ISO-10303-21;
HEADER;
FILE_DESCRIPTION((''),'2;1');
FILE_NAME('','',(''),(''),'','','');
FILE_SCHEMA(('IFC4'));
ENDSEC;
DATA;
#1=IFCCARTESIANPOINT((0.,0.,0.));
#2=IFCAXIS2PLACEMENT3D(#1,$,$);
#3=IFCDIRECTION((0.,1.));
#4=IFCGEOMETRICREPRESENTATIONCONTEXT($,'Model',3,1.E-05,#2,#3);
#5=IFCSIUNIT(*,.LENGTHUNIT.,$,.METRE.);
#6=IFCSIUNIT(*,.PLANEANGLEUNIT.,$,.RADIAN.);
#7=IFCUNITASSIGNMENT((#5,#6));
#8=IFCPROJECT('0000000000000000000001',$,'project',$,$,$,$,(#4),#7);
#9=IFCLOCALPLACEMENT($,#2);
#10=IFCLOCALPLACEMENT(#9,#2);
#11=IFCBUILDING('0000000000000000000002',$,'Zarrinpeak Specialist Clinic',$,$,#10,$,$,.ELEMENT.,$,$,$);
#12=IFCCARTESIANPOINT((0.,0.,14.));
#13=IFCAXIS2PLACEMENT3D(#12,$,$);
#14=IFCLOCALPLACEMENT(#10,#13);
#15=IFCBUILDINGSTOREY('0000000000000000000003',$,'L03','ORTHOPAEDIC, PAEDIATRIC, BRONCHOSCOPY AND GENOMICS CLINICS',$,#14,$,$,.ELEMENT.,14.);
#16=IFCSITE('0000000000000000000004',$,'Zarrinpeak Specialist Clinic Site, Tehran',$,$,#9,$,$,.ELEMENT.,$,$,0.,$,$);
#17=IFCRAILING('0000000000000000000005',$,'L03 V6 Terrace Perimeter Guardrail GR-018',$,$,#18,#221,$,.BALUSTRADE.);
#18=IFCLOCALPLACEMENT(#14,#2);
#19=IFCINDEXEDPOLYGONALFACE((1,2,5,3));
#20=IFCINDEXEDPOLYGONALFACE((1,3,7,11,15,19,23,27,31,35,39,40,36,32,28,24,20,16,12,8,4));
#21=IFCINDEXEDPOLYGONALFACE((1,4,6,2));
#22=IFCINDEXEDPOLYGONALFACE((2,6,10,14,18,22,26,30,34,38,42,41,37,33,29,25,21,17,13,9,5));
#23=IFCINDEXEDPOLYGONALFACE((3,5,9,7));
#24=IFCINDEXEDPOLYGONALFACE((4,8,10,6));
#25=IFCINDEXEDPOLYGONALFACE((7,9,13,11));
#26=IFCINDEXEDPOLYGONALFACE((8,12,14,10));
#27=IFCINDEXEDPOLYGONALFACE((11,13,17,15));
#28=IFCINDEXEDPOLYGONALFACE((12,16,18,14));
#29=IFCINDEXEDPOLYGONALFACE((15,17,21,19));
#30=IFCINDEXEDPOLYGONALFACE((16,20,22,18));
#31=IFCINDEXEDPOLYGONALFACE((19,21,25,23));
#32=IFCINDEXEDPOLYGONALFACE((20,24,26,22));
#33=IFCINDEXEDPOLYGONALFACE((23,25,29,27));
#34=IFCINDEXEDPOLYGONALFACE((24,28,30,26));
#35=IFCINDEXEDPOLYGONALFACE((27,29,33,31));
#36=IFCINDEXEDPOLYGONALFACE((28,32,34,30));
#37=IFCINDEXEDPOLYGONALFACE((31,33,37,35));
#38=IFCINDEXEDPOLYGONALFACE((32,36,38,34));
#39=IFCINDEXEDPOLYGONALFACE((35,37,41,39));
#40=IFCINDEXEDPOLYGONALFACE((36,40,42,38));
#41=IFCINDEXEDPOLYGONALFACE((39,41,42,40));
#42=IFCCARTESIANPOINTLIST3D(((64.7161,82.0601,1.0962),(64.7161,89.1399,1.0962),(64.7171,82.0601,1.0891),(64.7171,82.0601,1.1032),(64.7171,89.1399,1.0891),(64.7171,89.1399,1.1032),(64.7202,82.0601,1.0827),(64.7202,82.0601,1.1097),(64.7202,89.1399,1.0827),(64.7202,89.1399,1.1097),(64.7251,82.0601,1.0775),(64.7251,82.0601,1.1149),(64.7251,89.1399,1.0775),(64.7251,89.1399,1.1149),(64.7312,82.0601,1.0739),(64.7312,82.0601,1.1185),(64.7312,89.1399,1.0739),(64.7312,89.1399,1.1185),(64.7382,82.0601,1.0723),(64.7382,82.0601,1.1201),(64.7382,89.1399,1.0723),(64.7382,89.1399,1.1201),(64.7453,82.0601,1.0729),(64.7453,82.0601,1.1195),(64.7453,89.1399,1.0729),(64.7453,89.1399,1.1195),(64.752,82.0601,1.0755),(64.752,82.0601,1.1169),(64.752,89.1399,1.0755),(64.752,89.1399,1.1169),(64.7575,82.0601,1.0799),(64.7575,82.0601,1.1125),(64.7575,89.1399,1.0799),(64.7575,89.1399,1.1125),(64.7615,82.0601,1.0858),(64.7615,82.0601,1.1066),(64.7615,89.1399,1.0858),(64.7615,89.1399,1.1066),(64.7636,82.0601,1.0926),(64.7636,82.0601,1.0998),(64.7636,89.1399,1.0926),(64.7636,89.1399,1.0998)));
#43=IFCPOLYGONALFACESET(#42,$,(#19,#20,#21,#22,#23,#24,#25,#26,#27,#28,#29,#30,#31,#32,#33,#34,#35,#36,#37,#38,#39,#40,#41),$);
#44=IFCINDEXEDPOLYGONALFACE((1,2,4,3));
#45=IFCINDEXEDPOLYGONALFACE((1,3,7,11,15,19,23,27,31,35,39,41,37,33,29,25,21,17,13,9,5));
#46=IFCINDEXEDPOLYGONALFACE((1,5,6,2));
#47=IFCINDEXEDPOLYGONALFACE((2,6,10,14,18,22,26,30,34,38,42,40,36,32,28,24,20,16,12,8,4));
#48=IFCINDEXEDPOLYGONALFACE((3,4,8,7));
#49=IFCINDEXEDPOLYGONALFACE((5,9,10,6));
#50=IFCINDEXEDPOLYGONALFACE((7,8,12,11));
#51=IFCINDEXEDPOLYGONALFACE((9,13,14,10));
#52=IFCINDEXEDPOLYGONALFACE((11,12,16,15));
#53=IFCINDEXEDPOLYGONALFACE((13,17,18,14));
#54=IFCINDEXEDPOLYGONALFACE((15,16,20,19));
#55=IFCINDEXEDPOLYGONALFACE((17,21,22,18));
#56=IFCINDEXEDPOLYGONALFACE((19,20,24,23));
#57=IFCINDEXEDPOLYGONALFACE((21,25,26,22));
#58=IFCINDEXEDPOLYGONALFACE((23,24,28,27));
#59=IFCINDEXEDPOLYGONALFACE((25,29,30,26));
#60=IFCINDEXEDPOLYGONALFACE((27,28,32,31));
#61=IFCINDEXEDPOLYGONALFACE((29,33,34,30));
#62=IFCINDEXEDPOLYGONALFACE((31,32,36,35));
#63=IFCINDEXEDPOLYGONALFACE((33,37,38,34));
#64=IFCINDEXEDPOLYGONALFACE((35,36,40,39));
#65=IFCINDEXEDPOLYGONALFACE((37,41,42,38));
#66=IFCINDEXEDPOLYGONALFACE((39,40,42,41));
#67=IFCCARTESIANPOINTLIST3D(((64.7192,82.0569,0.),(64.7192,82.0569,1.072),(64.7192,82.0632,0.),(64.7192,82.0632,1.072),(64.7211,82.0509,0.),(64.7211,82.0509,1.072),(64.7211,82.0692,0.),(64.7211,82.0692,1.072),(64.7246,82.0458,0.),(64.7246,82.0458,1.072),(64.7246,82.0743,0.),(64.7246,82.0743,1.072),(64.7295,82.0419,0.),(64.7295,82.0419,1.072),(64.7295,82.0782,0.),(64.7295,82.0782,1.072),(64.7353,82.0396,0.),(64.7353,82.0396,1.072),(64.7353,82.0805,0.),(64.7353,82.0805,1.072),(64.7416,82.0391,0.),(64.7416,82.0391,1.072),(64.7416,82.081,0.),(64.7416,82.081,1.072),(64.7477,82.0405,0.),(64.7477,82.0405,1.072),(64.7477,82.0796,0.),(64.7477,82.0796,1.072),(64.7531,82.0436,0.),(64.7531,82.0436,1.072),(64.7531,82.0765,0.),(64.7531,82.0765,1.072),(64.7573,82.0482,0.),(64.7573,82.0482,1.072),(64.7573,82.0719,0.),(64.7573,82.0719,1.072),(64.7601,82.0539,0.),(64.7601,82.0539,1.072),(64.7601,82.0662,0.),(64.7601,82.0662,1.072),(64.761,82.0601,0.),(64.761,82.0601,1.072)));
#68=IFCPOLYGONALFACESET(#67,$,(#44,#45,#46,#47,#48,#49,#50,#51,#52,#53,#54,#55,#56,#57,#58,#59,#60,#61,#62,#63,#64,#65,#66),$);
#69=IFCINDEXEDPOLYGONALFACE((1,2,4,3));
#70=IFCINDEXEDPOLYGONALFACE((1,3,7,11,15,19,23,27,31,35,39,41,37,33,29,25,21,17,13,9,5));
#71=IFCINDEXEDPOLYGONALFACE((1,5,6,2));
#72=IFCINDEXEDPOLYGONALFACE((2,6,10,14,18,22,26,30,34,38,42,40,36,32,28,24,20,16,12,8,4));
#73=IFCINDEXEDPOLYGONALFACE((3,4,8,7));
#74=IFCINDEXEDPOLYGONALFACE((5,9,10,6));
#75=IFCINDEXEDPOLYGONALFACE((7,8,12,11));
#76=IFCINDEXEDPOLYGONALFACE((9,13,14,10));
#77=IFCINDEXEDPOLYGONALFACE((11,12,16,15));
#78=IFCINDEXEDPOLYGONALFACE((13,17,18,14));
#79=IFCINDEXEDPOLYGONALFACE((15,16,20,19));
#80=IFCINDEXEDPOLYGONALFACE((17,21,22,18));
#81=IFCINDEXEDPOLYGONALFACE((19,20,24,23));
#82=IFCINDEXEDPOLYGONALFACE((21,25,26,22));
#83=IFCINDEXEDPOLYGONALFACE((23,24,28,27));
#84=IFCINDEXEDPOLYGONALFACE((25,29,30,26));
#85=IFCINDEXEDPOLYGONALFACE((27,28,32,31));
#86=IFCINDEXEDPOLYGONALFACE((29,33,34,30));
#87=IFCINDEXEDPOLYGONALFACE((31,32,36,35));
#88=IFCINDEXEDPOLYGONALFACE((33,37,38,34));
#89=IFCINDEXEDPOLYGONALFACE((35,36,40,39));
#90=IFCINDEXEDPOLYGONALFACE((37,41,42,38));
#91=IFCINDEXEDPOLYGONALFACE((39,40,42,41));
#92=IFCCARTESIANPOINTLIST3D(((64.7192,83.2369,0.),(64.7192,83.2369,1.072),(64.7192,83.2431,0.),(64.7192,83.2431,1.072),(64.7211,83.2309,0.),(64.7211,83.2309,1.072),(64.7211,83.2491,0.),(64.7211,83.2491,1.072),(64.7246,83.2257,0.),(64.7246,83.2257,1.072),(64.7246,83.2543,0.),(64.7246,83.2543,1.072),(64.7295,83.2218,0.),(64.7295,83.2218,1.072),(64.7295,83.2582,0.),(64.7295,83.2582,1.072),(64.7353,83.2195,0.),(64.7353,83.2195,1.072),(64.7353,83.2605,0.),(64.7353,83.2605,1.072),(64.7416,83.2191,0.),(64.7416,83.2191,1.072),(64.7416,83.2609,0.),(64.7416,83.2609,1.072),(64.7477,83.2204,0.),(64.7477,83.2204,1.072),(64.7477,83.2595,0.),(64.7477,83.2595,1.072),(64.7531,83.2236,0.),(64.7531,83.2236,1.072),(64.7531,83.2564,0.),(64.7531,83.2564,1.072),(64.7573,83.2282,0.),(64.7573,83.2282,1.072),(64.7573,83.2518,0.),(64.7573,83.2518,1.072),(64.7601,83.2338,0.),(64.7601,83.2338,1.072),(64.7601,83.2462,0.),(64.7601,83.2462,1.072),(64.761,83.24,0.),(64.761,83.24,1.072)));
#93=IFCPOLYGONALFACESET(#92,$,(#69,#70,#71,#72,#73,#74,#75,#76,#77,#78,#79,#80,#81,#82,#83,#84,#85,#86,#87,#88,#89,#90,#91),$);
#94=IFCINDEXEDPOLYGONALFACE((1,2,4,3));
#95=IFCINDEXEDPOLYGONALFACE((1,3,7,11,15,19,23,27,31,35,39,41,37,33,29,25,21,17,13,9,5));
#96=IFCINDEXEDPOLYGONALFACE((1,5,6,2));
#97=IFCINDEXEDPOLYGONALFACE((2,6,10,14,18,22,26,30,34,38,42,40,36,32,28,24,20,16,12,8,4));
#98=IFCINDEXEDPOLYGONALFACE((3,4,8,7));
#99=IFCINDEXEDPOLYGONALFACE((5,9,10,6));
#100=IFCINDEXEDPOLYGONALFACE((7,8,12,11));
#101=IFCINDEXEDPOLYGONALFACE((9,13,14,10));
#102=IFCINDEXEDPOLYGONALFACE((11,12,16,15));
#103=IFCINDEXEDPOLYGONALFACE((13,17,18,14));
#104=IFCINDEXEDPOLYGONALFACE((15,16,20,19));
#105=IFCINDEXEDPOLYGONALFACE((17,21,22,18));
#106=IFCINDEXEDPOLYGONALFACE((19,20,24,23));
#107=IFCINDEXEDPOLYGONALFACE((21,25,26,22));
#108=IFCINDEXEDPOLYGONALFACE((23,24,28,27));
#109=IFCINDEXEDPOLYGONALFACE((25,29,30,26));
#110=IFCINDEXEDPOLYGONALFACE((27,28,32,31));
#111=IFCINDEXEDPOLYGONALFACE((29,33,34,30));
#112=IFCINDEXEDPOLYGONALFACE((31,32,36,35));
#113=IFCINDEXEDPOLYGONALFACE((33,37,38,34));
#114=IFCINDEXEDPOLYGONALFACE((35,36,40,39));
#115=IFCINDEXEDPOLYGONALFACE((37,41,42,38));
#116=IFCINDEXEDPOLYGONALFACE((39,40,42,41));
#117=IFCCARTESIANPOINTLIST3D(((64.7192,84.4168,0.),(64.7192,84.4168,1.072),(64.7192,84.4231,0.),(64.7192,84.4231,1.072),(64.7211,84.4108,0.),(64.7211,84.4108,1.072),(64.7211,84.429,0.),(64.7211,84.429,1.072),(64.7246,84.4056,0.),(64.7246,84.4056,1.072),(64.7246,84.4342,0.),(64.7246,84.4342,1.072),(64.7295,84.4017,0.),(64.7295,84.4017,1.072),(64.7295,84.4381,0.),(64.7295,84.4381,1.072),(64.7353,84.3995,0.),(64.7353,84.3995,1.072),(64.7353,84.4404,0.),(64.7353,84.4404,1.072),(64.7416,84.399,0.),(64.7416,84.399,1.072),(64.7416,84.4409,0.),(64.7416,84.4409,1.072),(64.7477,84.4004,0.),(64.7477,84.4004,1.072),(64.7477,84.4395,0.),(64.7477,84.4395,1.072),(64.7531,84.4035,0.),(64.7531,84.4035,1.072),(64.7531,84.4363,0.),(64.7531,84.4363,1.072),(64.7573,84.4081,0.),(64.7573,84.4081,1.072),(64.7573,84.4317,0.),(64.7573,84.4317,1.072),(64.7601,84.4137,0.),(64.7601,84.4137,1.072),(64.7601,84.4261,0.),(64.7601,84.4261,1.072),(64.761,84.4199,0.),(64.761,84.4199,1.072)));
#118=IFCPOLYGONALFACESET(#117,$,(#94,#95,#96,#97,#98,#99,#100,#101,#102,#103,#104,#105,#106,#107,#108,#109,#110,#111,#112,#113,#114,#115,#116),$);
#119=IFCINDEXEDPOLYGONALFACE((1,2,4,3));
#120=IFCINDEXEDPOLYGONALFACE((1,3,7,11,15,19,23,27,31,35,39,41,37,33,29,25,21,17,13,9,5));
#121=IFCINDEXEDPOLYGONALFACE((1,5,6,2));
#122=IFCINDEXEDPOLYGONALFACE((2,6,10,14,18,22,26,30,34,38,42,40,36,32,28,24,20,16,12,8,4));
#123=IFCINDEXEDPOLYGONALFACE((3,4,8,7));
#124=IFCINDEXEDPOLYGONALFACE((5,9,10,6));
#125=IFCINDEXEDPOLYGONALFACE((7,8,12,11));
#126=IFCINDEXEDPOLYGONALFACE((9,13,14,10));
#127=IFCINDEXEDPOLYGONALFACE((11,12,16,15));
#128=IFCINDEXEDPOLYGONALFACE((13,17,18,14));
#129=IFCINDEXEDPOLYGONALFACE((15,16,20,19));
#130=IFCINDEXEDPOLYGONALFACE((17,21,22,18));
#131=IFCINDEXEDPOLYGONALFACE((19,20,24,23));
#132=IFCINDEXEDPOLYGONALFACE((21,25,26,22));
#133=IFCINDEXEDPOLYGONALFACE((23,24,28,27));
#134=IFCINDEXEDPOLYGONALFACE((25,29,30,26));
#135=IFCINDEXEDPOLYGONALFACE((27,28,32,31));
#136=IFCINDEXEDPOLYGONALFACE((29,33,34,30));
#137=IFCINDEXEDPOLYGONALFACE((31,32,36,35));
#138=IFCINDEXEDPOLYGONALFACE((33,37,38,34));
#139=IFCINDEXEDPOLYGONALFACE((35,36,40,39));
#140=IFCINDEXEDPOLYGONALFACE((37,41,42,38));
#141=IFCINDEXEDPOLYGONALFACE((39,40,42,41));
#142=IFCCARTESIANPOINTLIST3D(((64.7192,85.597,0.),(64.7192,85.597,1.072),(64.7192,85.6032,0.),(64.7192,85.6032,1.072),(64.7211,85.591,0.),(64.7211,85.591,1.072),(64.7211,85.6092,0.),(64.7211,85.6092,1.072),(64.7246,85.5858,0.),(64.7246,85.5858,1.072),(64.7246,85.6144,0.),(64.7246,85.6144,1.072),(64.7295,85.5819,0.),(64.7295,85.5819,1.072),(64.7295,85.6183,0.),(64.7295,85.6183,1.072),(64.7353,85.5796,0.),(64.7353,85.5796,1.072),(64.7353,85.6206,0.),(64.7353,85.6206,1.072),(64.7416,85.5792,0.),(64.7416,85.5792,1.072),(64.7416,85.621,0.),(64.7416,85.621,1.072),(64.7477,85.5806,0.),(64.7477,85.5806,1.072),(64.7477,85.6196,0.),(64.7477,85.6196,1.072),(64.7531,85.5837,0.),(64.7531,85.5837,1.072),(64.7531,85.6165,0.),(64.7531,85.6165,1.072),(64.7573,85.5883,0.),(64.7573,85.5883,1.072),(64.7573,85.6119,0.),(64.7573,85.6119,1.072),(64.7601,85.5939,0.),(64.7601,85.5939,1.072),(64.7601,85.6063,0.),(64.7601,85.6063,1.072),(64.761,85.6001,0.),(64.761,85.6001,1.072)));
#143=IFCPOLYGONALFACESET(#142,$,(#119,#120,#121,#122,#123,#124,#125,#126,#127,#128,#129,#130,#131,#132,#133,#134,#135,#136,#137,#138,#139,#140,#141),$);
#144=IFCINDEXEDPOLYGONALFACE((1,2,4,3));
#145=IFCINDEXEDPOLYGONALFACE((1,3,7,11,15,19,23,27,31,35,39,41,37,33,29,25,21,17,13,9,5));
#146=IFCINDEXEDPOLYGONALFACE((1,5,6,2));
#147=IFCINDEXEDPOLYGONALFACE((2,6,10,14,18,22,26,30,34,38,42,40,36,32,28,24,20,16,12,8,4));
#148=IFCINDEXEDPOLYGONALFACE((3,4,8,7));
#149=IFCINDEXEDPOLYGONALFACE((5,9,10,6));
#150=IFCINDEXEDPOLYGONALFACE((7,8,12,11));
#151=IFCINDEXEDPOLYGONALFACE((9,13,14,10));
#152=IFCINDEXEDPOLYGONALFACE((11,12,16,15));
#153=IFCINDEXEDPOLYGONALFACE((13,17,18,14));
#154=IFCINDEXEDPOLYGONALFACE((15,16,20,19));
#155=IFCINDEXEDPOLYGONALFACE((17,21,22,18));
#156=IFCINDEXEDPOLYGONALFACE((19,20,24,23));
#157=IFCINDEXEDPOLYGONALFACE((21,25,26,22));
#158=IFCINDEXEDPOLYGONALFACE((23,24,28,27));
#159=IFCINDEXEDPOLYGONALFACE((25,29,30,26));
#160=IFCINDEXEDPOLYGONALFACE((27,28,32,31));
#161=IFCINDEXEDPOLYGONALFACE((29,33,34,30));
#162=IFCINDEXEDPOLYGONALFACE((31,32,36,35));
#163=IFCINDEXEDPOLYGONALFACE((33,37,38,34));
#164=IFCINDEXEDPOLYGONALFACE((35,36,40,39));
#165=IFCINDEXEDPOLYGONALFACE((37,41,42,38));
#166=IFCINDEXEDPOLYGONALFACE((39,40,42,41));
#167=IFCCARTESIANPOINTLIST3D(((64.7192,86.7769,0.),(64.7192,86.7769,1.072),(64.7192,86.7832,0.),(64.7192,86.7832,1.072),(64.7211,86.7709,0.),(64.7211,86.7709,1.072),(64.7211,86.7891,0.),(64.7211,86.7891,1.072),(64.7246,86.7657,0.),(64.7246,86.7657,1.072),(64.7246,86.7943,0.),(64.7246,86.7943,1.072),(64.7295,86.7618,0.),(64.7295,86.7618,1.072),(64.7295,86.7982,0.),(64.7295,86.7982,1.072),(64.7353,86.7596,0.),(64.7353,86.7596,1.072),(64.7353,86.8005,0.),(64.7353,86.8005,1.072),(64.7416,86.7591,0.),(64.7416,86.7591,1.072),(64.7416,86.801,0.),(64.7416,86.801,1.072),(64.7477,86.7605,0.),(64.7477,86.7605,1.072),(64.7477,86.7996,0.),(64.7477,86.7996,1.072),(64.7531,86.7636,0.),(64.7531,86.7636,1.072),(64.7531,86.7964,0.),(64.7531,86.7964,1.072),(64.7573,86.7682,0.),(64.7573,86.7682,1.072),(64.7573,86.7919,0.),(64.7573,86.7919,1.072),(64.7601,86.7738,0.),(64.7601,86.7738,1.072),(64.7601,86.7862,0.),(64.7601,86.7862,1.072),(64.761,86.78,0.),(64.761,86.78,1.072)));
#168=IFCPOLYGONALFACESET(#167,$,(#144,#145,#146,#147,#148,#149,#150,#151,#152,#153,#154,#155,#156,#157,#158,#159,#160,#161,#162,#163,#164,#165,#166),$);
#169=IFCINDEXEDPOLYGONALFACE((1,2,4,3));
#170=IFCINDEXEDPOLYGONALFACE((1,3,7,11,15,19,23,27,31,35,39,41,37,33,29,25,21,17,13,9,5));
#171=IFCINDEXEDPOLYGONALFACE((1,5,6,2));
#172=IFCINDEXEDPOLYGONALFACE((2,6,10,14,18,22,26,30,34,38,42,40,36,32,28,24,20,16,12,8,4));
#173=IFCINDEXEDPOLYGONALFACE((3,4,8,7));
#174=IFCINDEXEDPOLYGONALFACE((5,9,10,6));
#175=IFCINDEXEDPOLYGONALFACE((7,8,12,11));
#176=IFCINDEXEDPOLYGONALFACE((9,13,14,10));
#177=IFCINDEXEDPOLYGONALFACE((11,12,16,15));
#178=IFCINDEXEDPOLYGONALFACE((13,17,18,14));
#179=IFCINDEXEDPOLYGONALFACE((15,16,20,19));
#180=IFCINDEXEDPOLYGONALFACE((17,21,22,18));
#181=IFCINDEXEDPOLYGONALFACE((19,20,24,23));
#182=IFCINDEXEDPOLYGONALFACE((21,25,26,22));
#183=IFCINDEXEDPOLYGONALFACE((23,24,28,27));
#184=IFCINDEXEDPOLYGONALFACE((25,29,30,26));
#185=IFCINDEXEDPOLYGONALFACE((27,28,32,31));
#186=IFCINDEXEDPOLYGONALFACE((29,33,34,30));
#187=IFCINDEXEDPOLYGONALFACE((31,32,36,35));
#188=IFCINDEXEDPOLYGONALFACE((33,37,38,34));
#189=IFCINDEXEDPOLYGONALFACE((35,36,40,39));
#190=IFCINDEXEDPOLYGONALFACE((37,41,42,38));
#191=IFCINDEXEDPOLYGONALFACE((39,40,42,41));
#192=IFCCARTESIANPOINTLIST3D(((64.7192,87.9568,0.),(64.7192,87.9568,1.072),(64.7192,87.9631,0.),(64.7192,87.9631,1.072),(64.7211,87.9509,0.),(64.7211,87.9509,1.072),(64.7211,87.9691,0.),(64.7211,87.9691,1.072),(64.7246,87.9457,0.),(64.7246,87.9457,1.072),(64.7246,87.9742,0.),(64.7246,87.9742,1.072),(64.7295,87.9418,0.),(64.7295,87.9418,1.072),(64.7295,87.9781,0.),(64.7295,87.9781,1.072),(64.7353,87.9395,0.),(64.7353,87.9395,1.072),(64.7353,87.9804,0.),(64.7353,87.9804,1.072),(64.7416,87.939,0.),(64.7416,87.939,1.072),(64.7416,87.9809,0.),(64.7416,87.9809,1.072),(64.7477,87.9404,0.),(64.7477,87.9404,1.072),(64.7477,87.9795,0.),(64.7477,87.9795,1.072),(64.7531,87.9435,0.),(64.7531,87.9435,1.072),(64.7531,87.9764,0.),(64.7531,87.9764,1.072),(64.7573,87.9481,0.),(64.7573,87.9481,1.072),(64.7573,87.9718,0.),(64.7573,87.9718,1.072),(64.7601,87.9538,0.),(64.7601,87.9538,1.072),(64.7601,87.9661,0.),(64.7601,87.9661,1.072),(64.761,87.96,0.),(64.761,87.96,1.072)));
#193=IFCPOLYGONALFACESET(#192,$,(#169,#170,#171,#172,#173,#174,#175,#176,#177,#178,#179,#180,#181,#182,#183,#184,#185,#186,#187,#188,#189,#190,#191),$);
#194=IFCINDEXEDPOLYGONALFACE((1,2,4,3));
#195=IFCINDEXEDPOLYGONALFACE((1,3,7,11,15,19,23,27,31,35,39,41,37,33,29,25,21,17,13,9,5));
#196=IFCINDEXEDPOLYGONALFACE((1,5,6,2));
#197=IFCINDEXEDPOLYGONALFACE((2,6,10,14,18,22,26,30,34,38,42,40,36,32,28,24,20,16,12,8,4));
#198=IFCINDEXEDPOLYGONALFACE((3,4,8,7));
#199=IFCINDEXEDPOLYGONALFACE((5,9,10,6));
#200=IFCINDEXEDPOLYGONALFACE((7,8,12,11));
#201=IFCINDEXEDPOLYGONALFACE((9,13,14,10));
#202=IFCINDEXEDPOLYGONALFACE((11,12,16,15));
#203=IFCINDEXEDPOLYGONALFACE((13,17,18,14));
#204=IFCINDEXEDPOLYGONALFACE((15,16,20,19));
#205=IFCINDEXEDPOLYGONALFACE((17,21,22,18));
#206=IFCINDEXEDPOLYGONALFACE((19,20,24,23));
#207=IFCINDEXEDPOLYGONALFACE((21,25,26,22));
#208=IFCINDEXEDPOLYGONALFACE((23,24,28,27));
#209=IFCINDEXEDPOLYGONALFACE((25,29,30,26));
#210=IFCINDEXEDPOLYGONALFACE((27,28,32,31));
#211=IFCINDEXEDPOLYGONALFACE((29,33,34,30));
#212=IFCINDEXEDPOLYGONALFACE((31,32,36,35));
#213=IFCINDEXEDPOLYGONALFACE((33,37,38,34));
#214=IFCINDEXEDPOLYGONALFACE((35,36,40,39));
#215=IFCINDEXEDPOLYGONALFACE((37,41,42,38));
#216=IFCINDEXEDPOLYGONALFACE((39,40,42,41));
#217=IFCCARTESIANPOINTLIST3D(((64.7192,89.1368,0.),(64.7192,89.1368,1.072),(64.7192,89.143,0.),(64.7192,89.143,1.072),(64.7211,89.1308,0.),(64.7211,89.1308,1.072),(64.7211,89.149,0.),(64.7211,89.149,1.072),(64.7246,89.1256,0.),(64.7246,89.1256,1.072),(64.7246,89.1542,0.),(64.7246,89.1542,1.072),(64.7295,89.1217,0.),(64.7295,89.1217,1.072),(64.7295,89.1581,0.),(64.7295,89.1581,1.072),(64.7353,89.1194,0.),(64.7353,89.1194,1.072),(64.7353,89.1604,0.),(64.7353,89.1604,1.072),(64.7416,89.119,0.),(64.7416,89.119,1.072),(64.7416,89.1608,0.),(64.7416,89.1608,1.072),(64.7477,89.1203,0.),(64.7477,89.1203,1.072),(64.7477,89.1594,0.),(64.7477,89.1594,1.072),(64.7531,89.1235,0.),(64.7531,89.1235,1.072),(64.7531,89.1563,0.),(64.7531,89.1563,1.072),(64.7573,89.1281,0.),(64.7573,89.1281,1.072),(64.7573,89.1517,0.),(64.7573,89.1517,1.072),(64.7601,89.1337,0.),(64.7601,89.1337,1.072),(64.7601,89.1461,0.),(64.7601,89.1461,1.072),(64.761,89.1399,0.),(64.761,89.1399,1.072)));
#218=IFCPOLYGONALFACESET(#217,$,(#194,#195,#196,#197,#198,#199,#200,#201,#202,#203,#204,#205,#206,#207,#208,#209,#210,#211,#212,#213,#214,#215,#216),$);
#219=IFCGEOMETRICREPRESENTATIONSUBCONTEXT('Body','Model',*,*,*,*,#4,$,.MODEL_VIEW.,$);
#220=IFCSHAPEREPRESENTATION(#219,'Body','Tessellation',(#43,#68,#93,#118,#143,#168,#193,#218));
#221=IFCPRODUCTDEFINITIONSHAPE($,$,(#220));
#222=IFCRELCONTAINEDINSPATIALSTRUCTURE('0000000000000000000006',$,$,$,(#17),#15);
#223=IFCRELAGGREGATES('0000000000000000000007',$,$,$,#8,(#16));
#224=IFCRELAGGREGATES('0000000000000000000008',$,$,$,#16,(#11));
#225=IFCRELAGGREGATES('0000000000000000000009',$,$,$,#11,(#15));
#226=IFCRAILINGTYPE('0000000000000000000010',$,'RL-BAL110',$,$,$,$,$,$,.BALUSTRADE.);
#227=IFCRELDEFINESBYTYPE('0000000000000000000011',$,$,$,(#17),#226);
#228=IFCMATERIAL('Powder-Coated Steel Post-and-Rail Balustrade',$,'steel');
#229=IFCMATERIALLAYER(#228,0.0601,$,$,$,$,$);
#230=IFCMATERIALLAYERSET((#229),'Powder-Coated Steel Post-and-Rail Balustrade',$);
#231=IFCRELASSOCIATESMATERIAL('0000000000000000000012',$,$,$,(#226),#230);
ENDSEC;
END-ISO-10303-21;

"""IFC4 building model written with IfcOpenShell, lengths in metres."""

from ifc_helpers import new_model, si_unit, direction, frame, origin, origin_2d, place, context, subcontext, project, spatial, circle, extrude, material, layer, layer_set, type_object, element, save


model = new_model("IFC4")

# Units and contexts
model_context = context("Model", 3, precision=1e-05, world=origin(), true_north=direction((0.0, 1.0)))
body_context = subcontext(model_context, "Body", "Model", "MODEL_VIEW")
ifc_project = project(units=[si_unit("LENGTHUNIT", "METRE"), si_unit("PLANEANGLEUNIT", "RADIAN")], contexts=[model_context])

# Site, building, storey
site_placement = place(None, origin())
site = spatial("IfcSite", under=ifc_project, at=site_placement, Name="Zarrinpeak Specialist Clinic Site, Tehran", CompositionType="ELEMENT", RefElevation=0.0)
building_placement = place(site_placement, origin())
building = spatial("IfcBuilding", under=site, at=building_placement, Name="Zarrinpeak Specialist Clinic", CompositionType="ELEMENT")
storey_placement = place(building_placement, frame((0.0, 0.0, 14.0)))
storey = spatial("IfcBuildingStorey", under=building, at=storey_placement, Name="L03", Description="ORTHOPAEDIC, PAEDIATRIC, BRONCHOSCOPY AND GENOMICS CLINICS", CompositionType="ELEMENT", Elevation=14.0)

# Railing
ifc_material_1 = material(Name="Powder-Coated Steel Post-and-Rail Balustrade", Category="steel")
ifc_layer_1 = layer(ifc_material_1, 0.0601)
ifc_layer_set_1 = layer_set([ifc_layer_1], Name="Powder-Coated Steel Post-and-Rail Balustrade")
railing_type = type_object("IfcRailingType", Name="RL-BAL110", PredefinedType="BALUSTRADE", material=ifc_layer_set_1)
railing_placement = place(storey_placement, frame((64.74, 82.0601, 0.0)))
element("IfcRailing", 1, at=railing_placement, inside=storey, type_object=railing_type, Name="L03 V6 Terrace Perimeter Guardrail GR-018", PredefinedType="BALUSTRADE", context=body_context, shape_type="SweptSolid", body=[
    extrude(circle(Radius=0.0239, at=origin_2d()), frame((0.0, 0.0, 1.0962), z_axis=(0.0, 1.0, 0.0), x_axis=(-1.0, 0.0, 0.0)), (0.0, 0.0, 1.0), 7.0798),
    extrude(circle(Radius=0.021, at=origin_2d()), origin(), (0.0, 0.0, 1.0), 1.072),
    extrude(circle(Radius=0.021, at=origin_2d()), frame((0.0, 1.1799, 0.0)), (0.0, 0.0, 1.0), 1.072),
    extrude(circle(Radius=0.021, at=origin_2d()), frame((0.0, 2.3599, 0.0)), (0.0, 0.0, 1.0), 1.072),
    extrude(circle(Radius=0.021, at=origin_2d()), frame((0.0, 3.54, 0.0)), (0.0, 0.0, 1.0), 1.072),
    extrude(circle(Radius=0.021, at=origin_2d()), frame((0.0, 4.72, 0.0)), (0.0, 0.0, 1.0), 1.072),
    extrude(circle(Radius=0.021, at=origin_2d()), frame((0.0, 5.8999, 0.0)), (0.0, 0.0, 1.0), 1.072),
    extrude(circle(Radius=0.021, at=origin_2d()), frame((0.0, 7.0798, 0.0)), (0.0, 0.0, 1.0), 1.072),
])

save(model, "model.ifc")
